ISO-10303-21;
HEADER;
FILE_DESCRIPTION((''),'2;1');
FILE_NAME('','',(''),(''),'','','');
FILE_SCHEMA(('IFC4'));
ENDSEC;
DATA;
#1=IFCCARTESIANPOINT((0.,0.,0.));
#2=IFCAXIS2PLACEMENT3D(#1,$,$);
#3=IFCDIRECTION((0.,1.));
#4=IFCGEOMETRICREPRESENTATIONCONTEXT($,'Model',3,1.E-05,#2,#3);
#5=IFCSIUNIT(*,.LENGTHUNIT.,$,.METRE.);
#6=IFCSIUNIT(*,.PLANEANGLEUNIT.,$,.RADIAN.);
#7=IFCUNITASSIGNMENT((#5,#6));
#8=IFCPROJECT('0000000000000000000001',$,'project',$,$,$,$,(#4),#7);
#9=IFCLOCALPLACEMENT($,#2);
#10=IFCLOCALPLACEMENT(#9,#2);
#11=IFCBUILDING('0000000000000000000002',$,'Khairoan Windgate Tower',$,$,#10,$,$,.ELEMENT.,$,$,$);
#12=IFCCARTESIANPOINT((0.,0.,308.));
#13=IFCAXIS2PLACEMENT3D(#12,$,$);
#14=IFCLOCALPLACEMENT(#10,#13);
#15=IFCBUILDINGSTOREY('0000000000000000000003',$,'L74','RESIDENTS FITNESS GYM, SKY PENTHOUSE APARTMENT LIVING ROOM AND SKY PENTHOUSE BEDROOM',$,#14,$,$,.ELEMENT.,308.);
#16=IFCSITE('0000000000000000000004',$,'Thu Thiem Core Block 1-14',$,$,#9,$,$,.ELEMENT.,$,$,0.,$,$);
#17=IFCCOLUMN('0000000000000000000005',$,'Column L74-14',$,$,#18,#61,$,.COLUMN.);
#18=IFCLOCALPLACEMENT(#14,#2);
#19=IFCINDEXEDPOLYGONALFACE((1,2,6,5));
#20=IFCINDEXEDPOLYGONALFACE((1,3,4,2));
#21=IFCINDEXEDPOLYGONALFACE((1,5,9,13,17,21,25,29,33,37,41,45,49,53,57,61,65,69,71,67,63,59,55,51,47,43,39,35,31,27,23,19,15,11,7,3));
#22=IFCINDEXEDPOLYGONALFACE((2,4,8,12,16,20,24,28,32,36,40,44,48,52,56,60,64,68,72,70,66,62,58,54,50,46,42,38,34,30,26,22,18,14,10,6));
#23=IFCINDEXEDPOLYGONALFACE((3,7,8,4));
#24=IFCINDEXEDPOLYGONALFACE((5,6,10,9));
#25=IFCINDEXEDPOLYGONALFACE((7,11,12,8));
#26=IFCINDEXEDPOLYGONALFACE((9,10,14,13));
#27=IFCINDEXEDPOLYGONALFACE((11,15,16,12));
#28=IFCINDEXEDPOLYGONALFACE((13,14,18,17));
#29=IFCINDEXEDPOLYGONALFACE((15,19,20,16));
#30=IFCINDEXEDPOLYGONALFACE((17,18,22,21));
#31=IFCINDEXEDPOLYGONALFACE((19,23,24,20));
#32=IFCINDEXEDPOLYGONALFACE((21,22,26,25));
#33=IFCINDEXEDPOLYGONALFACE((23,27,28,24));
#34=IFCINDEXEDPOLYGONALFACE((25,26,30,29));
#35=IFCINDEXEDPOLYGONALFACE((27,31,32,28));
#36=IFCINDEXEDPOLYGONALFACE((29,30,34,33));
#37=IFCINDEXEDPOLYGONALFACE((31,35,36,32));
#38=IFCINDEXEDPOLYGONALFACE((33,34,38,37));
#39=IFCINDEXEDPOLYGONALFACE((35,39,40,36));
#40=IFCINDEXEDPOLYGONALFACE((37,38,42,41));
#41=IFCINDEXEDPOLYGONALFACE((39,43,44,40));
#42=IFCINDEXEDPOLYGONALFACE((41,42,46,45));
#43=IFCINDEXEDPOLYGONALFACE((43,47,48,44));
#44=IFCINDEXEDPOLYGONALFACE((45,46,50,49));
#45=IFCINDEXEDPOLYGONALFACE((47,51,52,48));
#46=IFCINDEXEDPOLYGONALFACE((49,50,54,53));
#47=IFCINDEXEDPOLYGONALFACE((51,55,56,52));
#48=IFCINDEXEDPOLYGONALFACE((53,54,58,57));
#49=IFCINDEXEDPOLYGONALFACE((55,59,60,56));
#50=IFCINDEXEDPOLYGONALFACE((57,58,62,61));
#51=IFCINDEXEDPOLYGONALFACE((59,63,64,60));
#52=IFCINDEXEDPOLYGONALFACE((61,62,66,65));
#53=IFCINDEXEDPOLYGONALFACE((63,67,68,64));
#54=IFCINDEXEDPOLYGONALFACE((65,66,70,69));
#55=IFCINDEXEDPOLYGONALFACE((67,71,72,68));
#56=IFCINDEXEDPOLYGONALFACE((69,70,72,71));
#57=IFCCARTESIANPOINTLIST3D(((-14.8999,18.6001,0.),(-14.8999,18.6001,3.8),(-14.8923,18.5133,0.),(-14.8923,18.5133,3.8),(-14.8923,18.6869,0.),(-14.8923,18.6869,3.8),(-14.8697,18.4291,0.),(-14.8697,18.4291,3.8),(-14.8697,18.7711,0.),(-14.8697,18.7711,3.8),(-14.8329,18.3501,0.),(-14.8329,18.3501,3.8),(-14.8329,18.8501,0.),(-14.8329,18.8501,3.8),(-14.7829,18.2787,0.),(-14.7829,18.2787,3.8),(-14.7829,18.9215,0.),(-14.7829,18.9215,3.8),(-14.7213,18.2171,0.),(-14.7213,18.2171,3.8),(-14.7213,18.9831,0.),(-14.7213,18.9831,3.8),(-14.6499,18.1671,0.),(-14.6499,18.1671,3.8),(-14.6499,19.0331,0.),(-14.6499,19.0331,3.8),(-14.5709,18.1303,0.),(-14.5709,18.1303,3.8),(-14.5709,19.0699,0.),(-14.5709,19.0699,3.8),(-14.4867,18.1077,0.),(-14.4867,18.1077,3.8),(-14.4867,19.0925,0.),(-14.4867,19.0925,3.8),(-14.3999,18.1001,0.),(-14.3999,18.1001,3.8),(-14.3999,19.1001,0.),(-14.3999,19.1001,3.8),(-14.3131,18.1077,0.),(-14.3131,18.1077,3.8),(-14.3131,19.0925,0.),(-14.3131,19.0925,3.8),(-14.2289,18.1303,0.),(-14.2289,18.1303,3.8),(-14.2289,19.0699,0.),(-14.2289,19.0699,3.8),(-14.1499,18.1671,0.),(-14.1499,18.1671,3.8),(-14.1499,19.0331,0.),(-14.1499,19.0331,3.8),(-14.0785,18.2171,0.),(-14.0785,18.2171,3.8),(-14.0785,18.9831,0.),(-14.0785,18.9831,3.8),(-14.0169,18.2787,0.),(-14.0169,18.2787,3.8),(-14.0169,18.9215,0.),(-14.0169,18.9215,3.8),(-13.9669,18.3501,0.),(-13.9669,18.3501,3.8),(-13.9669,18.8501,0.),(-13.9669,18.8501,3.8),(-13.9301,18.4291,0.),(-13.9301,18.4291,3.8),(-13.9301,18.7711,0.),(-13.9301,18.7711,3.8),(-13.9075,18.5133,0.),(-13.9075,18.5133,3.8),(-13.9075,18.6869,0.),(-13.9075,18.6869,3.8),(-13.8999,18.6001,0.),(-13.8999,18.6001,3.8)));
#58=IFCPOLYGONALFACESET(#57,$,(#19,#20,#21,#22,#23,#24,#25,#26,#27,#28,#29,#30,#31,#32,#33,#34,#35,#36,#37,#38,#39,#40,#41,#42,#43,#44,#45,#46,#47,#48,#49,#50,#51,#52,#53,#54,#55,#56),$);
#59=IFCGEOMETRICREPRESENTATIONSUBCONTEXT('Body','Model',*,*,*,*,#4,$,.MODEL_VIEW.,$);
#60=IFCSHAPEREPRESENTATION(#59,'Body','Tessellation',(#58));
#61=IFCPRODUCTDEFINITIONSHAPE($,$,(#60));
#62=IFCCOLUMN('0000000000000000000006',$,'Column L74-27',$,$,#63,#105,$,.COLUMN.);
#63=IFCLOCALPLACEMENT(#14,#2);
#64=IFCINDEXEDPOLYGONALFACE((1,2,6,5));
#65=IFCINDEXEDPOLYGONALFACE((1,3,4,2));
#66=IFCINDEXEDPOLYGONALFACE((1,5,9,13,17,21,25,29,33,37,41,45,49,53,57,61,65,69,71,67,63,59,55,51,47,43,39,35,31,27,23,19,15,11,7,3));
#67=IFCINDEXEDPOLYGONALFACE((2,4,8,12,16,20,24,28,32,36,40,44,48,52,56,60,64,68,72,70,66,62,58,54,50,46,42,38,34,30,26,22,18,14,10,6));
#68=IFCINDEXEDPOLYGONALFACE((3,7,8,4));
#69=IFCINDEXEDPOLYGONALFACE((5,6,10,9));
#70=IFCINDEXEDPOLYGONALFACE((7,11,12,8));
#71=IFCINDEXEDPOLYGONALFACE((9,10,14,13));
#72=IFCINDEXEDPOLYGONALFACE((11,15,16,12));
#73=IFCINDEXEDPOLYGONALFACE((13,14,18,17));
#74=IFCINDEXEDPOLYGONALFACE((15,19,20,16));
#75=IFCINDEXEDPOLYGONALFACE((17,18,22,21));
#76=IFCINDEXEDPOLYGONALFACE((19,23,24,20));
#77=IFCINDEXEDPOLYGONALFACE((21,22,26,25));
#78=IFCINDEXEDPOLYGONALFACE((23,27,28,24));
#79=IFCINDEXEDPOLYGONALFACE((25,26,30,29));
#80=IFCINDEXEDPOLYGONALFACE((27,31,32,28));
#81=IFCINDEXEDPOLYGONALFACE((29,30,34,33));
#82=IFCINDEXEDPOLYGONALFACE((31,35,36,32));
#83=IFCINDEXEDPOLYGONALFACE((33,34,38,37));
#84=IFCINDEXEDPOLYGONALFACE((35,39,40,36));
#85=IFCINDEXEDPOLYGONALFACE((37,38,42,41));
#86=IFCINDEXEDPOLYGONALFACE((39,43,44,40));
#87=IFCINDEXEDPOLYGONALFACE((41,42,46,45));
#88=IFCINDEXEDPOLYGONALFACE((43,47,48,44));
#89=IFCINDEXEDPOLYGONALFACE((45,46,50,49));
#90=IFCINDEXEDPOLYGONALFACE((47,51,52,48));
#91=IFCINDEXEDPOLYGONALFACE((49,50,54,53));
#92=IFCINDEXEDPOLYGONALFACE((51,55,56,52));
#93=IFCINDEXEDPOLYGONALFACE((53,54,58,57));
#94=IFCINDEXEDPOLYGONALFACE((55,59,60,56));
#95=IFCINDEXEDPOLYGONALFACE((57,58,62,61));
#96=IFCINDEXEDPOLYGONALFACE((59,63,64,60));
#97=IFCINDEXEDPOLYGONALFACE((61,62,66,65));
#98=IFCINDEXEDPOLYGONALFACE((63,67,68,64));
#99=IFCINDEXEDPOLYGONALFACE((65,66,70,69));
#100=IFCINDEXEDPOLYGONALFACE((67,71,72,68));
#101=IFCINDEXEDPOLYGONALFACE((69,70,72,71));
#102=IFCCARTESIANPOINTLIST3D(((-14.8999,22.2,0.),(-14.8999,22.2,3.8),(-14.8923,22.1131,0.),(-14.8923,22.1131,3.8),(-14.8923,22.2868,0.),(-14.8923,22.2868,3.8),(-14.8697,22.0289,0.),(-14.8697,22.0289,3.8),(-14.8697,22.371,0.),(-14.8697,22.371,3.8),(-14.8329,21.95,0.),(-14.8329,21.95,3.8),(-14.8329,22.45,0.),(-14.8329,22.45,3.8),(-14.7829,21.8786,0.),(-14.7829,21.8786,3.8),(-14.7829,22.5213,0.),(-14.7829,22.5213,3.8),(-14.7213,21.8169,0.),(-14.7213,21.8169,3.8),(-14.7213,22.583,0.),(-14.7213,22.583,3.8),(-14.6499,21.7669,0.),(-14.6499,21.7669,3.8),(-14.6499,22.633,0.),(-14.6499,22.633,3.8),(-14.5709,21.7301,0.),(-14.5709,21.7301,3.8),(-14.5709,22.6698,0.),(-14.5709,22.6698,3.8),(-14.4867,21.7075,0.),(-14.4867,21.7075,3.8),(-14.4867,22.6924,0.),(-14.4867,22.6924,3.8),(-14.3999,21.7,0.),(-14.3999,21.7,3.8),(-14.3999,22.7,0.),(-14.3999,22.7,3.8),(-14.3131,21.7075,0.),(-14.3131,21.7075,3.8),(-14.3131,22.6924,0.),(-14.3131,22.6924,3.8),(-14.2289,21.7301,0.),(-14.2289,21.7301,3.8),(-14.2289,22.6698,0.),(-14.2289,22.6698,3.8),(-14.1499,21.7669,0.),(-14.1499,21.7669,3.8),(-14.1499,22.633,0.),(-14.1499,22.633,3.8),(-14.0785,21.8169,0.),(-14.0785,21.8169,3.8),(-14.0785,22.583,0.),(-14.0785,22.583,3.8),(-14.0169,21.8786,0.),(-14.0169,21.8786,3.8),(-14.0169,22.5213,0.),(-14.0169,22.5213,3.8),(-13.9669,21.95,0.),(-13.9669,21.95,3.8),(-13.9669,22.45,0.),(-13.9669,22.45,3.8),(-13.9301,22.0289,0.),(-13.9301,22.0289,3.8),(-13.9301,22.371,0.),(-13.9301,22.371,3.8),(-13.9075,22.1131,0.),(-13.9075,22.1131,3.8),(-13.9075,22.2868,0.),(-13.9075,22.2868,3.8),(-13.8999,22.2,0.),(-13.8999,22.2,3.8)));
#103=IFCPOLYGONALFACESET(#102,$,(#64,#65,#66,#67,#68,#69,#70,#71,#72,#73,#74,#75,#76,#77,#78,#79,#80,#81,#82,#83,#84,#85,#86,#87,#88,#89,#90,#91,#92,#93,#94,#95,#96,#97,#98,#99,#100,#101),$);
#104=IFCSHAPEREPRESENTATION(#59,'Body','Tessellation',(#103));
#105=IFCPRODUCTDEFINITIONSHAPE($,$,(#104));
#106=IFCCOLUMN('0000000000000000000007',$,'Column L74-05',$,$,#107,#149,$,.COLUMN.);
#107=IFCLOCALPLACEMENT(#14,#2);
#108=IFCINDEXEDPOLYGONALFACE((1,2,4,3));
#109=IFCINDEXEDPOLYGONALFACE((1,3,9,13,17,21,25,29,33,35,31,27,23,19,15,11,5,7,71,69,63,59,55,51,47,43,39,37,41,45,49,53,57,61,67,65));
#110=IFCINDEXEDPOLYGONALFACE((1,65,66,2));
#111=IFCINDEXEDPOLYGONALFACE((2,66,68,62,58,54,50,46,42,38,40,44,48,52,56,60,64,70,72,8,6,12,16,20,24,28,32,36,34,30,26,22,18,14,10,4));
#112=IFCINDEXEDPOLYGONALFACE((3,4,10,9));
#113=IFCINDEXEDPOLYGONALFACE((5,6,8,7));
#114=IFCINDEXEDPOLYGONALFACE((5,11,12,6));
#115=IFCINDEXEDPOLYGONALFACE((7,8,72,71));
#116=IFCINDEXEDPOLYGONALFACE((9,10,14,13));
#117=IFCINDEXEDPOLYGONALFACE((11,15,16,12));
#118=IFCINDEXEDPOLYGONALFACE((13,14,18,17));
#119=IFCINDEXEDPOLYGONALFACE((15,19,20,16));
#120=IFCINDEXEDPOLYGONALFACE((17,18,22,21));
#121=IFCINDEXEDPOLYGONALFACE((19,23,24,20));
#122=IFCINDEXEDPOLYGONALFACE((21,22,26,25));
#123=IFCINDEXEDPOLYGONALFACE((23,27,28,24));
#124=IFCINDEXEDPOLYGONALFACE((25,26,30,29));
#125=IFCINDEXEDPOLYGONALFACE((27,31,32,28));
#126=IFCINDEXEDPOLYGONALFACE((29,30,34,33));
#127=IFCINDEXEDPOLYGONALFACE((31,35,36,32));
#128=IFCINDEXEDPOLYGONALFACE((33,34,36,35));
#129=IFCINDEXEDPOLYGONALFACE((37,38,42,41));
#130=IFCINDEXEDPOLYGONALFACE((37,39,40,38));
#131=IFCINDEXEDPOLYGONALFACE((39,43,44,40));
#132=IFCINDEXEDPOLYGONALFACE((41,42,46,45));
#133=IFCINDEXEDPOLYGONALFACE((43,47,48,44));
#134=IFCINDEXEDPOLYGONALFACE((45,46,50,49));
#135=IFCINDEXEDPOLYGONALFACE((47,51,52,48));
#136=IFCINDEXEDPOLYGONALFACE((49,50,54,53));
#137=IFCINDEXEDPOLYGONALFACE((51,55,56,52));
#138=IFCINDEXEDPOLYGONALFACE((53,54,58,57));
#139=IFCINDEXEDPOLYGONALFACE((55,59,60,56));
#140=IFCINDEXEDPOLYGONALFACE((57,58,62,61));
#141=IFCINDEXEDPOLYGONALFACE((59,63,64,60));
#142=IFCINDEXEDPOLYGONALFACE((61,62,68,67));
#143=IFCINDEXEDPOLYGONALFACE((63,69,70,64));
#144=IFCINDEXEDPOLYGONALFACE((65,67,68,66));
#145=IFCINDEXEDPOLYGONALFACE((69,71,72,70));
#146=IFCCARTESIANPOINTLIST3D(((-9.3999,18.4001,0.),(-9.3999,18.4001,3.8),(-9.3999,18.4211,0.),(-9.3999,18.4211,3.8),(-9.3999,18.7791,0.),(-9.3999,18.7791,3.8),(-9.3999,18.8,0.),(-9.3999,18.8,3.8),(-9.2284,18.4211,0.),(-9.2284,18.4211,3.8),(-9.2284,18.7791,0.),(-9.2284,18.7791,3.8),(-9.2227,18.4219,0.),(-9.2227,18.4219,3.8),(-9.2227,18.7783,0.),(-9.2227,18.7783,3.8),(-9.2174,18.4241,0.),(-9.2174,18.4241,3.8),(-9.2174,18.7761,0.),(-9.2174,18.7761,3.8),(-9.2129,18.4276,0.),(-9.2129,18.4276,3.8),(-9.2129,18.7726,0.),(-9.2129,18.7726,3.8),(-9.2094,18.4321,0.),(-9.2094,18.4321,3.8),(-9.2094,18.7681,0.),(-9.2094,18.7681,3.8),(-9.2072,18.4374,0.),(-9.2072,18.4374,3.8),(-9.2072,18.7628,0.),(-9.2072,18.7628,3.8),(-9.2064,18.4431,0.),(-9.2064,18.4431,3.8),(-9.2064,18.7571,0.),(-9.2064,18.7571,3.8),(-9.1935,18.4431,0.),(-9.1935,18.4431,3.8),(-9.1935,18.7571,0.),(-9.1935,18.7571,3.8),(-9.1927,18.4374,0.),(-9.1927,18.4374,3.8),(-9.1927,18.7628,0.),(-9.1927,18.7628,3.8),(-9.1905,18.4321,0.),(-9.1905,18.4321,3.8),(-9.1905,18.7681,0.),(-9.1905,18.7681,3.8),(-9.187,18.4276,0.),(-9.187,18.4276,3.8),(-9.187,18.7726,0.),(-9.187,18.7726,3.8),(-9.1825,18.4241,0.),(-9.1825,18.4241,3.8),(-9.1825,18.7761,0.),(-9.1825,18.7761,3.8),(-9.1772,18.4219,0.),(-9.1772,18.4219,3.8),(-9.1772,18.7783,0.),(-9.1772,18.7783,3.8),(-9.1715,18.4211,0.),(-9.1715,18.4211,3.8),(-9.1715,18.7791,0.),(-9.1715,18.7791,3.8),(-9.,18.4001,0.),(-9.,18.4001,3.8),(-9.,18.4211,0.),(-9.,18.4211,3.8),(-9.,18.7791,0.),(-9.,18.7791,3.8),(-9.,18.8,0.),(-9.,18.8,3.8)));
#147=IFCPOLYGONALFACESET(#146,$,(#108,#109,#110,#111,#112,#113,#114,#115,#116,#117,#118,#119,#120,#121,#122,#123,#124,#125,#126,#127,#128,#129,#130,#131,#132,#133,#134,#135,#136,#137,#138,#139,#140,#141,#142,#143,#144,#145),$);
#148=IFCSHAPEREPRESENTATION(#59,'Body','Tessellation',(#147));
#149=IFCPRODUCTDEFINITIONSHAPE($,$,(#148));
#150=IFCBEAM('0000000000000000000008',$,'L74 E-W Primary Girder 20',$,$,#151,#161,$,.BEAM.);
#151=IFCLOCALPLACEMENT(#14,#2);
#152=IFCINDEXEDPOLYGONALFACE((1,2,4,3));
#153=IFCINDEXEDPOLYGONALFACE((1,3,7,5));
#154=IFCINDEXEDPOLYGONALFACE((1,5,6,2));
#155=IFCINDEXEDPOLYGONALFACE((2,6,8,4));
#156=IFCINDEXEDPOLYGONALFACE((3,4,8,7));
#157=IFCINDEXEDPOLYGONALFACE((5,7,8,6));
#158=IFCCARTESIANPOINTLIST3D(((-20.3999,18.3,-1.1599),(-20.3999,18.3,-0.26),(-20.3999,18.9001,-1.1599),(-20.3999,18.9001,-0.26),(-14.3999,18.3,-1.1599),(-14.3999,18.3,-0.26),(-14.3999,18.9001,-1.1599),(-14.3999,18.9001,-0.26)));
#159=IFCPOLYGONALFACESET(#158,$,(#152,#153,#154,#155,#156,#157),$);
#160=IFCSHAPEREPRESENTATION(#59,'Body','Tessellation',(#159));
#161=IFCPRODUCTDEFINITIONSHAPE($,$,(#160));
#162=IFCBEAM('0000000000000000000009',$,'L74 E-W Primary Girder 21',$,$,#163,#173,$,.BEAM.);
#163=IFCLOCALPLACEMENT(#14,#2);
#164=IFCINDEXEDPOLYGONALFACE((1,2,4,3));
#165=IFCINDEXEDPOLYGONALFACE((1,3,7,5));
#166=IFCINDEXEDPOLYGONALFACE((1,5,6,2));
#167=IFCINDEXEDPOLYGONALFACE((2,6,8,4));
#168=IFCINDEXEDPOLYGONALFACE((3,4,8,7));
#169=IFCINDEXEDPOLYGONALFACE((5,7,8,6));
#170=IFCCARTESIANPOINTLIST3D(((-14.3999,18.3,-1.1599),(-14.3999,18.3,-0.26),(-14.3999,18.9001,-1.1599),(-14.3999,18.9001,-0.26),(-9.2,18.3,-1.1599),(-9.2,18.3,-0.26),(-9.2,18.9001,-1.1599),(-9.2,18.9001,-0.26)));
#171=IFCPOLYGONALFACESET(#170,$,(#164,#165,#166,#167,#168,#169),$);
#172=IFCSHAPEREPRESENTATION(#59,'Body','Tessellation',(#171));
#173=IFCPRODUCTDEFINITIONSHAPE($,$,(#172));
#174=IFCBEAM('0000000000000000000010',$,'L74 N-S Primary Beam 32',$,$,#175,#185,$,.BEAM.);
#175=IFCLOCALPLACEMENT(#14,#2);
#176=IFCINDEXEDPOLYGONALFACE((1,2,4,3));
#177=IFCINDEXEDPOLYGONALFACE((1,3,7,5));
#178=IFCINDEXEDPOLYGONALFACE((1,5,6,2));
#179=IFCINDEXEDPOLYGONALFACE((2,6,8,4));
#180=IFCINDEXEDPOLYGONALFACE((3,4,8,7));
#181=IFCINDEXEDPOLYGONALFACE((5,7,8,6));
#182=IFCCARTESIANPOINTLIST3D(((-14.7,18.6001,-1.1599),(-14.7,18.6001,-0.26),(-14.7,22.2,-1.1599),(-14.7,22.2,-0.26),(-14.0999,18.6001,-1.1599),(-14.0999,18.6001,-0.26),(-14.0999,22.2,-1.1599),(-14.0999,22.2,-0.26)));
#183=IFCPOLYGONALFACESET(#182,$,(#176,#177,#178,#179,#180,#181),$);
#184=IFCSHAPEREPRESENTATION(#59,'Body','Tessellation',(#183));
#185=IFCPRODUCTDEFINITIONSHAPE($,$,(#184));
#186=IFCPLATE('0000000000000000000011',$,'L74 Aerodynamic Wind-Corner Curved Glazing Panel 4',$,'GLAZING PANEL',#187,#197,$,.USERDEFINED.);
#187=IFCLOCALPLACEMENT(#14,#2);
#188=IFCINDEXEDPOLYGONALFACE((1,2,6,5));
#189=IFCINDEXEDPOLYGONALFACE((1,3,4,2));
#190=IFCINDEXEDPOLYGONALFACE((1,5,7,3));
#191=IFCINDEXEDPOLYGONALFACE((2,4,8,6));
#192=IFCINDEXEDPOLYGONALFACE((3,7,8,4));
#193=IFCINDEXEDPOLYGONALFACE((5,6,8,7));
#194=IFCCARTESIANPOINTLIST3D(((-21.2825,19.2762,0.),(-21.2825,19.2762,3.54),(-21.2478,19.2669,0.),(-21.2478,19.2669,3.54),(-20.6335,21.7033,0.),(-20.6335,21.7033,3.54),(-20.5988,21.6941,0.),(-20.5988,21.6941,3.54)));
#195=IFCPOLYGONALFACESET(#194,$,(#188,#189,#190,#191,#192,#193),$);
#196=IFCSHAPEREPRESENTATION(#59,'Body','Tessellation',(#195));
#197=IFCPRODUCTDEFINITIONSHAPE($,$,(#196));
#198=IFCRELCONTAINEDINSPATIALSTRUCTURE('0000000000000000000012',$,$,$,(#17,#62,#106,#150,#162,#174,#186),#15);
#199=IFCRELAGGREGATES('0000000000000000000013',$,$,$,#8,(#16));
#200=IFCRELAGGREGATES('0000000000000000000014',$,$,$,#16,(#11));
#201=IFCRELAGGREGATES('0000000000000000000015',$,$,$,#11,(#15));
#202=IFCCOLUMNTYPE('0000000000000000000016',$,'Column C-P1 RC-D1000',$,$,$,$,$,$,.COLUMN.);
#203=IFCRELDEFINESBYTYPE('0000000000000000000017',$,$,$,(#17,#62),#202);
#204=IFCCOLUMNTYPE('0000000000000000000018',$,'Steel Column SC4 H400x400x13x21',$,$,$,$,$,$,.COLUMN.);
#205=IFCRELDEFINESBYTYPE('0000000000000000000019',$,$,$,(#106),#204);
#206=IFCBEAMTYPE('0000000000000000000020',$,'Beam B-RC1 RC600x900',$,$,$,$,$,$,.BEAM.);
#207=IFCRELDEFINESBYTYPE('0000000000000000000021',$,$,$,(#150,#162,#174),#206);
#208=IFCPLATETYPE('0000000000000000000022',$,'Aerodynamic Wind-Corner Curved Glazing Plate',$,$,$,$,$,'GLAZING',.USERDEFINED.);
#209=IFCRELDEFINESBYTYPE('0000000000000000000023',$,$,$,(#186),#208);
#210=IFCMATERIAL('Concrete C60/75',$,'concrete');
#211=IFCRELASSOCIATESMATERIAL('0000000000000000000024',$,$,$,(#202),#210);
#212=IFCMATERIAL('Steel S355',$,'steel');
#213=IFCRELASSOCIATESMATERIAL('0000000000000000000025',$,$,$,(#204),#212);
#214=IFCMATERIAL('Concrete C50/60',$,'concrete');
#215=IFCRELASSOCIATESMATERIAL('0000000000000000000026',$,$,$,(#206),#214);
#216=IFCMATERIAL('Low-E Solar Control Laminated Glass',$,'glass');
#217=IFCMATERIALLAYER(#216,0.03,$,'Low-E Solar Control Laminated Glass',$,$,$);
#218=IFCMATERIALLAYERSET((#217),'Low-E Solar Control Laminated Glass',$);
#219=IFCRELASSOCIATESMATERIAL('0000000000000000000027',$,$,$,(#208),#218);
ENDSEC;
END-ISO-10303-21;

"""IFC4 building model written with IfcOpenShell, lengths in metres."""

from ifc_helpers import new_model, si_unit, direction, frame, origin, origin_2d, place, context, subcontext, project, spatial, rectangle, circle, i_section, extrude, material, layer, layer_set, material_profile, profile_set, type_object, element, save


model = new_model("IFC4")

# Units and contexts
model_context = context("Model", 3, precision=1e-05, world=origin(), true_north=direction((0.0, 1.0)))
body_context = subcontext(model_context, "Body", "Model", "MODEL_VIEW")
ifc_project = project(units=[si_unit("LENGTHUNIT", "METRE"), si_unit("PLANEANGLEUNIT", "RADIAN")], contexts=[model_context])

# Site, building, storey
site_placement = place(None, origin())
site = spatial("IfcSite", under=ifc_project, at=site_placement, Name="Thu Thiem Core Block 1-14", CompositionType="ELEMENT", RefElevation=0.0)
building_placement = place(site_placement, origin())
building = spatial("IfcBuilding", under=site, at=building_placement, Name="Khairoan Windgate Tower", CompositionType="ELEMENT")
storey_placement = place(building_placement, frame((0.0, 0.0, 308.0)))
storey = spatial("IfcBuildingStorey", under=building, at=storey_placement, Name="L74", Description="RESIDENTS FITNESS GYM, SKY PENTHOUSE APARTMENT LIVING ROOM AND SKY PENTHOUSE BEDROOM", CompositionType="ELEMENT", Elevation=308.0)

# Columns
ifc_material_1 = material(Name="Concrete C60/75", Category="concrete")
ifc_material_profile_1 = material_profile(ifc_material_1, circle(Radius=0.5, at=origin_2d()))
ifc_profile_set_1 = profile_set([ifc_material_profile_1], Name="Concrete C60/75")
column_type_1 = type_object("IfcColumnType", Name="Column C-P1 RC-D1000", PredefinedType="COLUMN", material=ifc_profile_set_1)
for number, where, z_axis, x_axis, name in (
    (1, (-14.3999, 18.6001, 0.0), (0.0, 0.0, 1.0), (1.0, 0.0, 0.0), "Column L74-14"),
    (2, (-14.3999, 22.2, 0.0), (0.0, 0.0, 1.0), (1.0, 0.0, 0.0), "Column L74-27"),
):
    element("IfcColumn", number, at=place(storey_placement, frame(where, z_axis=z_axis, x_axis=x_axis)), inside=storey, type_object=column_type_1, Name=name, PredefinedType="COLUMN", context=body_context, shape_type="SweptSolid", body=[
        extrude(circle(Radius=0.5, at=origin_2d()), origin(), (0.0, 0.0, 1.0), 3.8),
    ])
ifc_material_2 = material(Name="Steel S355", Category="steel")
ifc_material_profile_2 = material_profile(ifc_material_2, i_section(OverallWidth=0.3999, OverallDepth=0.3999, WebThickness=0.0129, FlangeThickness=0.021, FilletRadius=0.022, at=origin_2d()))
ifc_profile_set_2 = profile_set([ifc_material_profile_2], Name="Steel S355")
column_type_2 = type_object("IfcColumnType", Name="Steel Column SC4 H400x400x13x21", PredefinedType="COLUMN", material=ifc_profile_set_2)
column_placement = place(storey_placement, frame((-9.2, 18.6001, 0.0), z_axis=(0.0, 0.0, 1.0), x_axis=(1.0, 0.0, 0.0)))
element("IfcColumn", 3, at=column_placement, inside=storey, type_object=column_type_2, Name="Column L74-05", PredefinedType="COLUMN", context=body_context, shape_type="SweptSolid", body=[
    extrude(i_section(OverallWidth=0.3999, OverallDepth=0.3999, WebThickness=0.0129, FlangeThickness=0.021, FilletRadius=0.022, at=origin_2d()), origin(), (0.0, 0.0, 1.0), 3.8),
])

# Beams
ifc_material_3 = material(Name="Concrete C50/60", Category="concrete")
ifc_material_profile_3 = material_profile(ifc_material_3, rectangle(XDim=0.6001, YDim=0.8999, at=origin_2d()))
ifc_profile_set_3 = profile_set([ifc_material_profile_3], Name="Concrete C50/60")
beam_type = type_object("IfcBeamType", Name="Beam B-RC1 RC600x900", PredefinedType="BEAM", material=ifc_profile_set_3)
beam_1_placement = place(storey_placement, frame((-20.3999, 18.6001, -0.71), z_axis=(1.0, 0.0, 0.0), x_axis=(0.0, 1.0, 0.0)))
element("IfcBeam", 4, at=beam_1_placement, inside=storey, type_object=beam_type, Name="L74 E-W Primary Girder 20", PredefinedType="BEAM", context=body_context, shape_type="SweptSolid", body=[
    extrude(rectangle(XDim=0.6001, YDim=0.8999, at=origin_2d()), origin(), (0.0, 0.0, 1.0), 6.0),
])
beam_2_placement = place(storey_placement, frame((-14.3999, 18.6001, -0.71), z_axis=(1.0, 0.0, 0.0), x_axis=(0.0, 1.0, 0.0)))
element("IfcBeam", 5, at=beam_2_placement, inside=storey, type_object=beam_type, Name="L74 E-W Primary Girder 21", PredefinedType="BEAM", context=body_context, shape_type="SweptSolid", body=[
    extrude(rectangle(XDim=0.6001, YDim=0.8999, at=origin_2d()), origin(), (0.0, 0.0, 1.0), 5.2),
])
beam_3_placement = place(storey_placement, frame((-14.3999, 18.6001, -0.71), z_axis=(0.0, 1.0, 0.0), x_axis=(-1.0, 0.0, 0.0)))
element("IfcBeam", 6, at=beam_3_placement, inside=storey, type_object=beam_type, Name="L74 N-S Primary Beam 32", PredefinedType="BEAM", context=body_context, shape_type="SweptSolid", body=[
    extrude(rectangle(XDim=0.6001, YDim=0.8999, at=origin_2d()), origin(), (0.0, 0.0, 1.0), 3.5999),
])

# Plate
ifc_material_4 = material(Name="Low-E Solar Control Laminated Glass", Category="glass")
ifc_layer_1 = layer(ifc_material_4, 0.03, Name="Low-E Solar Control Laminated Glass")
ifc_layer_set_1 = layer_set([ifc_layer_1], Name="Low-E Solar Control Laminated Glass")
plate_type_1 = type_object("IfcPlateType", Name="Aerodynamic Wind-Corner Curved Glazing Plate", ElementType="GLAZING", PredefinedType="USERDEFINED", material=ifc_layer_set_1)
plate_1_placement = place(storey_placement, frame((-20.9407, 20.4851, 0.0), z_axis=(0.0, 0.0, 1.0), x_axis=(0.258313, 0.966061, 0.0)))
element("IfcPlate", 7, at=plate_1_placement, inside=storey, type_object=plate_type_1, Name="L74 Aerodynamic Wind-Corner Curved Glazing Panel 4", ObjectType="GLAZING PANEL", PredefinedType="USERDEFINED", context=body_context, shape_type="SweptSolid", body=[
    extrude(rectangle(XDim=2.5125, YDim=0.0359, at=origin_2d()), origin(), (0.0, 0.0, 1.0), 3.54),
])

save(model, "model.ifc")
